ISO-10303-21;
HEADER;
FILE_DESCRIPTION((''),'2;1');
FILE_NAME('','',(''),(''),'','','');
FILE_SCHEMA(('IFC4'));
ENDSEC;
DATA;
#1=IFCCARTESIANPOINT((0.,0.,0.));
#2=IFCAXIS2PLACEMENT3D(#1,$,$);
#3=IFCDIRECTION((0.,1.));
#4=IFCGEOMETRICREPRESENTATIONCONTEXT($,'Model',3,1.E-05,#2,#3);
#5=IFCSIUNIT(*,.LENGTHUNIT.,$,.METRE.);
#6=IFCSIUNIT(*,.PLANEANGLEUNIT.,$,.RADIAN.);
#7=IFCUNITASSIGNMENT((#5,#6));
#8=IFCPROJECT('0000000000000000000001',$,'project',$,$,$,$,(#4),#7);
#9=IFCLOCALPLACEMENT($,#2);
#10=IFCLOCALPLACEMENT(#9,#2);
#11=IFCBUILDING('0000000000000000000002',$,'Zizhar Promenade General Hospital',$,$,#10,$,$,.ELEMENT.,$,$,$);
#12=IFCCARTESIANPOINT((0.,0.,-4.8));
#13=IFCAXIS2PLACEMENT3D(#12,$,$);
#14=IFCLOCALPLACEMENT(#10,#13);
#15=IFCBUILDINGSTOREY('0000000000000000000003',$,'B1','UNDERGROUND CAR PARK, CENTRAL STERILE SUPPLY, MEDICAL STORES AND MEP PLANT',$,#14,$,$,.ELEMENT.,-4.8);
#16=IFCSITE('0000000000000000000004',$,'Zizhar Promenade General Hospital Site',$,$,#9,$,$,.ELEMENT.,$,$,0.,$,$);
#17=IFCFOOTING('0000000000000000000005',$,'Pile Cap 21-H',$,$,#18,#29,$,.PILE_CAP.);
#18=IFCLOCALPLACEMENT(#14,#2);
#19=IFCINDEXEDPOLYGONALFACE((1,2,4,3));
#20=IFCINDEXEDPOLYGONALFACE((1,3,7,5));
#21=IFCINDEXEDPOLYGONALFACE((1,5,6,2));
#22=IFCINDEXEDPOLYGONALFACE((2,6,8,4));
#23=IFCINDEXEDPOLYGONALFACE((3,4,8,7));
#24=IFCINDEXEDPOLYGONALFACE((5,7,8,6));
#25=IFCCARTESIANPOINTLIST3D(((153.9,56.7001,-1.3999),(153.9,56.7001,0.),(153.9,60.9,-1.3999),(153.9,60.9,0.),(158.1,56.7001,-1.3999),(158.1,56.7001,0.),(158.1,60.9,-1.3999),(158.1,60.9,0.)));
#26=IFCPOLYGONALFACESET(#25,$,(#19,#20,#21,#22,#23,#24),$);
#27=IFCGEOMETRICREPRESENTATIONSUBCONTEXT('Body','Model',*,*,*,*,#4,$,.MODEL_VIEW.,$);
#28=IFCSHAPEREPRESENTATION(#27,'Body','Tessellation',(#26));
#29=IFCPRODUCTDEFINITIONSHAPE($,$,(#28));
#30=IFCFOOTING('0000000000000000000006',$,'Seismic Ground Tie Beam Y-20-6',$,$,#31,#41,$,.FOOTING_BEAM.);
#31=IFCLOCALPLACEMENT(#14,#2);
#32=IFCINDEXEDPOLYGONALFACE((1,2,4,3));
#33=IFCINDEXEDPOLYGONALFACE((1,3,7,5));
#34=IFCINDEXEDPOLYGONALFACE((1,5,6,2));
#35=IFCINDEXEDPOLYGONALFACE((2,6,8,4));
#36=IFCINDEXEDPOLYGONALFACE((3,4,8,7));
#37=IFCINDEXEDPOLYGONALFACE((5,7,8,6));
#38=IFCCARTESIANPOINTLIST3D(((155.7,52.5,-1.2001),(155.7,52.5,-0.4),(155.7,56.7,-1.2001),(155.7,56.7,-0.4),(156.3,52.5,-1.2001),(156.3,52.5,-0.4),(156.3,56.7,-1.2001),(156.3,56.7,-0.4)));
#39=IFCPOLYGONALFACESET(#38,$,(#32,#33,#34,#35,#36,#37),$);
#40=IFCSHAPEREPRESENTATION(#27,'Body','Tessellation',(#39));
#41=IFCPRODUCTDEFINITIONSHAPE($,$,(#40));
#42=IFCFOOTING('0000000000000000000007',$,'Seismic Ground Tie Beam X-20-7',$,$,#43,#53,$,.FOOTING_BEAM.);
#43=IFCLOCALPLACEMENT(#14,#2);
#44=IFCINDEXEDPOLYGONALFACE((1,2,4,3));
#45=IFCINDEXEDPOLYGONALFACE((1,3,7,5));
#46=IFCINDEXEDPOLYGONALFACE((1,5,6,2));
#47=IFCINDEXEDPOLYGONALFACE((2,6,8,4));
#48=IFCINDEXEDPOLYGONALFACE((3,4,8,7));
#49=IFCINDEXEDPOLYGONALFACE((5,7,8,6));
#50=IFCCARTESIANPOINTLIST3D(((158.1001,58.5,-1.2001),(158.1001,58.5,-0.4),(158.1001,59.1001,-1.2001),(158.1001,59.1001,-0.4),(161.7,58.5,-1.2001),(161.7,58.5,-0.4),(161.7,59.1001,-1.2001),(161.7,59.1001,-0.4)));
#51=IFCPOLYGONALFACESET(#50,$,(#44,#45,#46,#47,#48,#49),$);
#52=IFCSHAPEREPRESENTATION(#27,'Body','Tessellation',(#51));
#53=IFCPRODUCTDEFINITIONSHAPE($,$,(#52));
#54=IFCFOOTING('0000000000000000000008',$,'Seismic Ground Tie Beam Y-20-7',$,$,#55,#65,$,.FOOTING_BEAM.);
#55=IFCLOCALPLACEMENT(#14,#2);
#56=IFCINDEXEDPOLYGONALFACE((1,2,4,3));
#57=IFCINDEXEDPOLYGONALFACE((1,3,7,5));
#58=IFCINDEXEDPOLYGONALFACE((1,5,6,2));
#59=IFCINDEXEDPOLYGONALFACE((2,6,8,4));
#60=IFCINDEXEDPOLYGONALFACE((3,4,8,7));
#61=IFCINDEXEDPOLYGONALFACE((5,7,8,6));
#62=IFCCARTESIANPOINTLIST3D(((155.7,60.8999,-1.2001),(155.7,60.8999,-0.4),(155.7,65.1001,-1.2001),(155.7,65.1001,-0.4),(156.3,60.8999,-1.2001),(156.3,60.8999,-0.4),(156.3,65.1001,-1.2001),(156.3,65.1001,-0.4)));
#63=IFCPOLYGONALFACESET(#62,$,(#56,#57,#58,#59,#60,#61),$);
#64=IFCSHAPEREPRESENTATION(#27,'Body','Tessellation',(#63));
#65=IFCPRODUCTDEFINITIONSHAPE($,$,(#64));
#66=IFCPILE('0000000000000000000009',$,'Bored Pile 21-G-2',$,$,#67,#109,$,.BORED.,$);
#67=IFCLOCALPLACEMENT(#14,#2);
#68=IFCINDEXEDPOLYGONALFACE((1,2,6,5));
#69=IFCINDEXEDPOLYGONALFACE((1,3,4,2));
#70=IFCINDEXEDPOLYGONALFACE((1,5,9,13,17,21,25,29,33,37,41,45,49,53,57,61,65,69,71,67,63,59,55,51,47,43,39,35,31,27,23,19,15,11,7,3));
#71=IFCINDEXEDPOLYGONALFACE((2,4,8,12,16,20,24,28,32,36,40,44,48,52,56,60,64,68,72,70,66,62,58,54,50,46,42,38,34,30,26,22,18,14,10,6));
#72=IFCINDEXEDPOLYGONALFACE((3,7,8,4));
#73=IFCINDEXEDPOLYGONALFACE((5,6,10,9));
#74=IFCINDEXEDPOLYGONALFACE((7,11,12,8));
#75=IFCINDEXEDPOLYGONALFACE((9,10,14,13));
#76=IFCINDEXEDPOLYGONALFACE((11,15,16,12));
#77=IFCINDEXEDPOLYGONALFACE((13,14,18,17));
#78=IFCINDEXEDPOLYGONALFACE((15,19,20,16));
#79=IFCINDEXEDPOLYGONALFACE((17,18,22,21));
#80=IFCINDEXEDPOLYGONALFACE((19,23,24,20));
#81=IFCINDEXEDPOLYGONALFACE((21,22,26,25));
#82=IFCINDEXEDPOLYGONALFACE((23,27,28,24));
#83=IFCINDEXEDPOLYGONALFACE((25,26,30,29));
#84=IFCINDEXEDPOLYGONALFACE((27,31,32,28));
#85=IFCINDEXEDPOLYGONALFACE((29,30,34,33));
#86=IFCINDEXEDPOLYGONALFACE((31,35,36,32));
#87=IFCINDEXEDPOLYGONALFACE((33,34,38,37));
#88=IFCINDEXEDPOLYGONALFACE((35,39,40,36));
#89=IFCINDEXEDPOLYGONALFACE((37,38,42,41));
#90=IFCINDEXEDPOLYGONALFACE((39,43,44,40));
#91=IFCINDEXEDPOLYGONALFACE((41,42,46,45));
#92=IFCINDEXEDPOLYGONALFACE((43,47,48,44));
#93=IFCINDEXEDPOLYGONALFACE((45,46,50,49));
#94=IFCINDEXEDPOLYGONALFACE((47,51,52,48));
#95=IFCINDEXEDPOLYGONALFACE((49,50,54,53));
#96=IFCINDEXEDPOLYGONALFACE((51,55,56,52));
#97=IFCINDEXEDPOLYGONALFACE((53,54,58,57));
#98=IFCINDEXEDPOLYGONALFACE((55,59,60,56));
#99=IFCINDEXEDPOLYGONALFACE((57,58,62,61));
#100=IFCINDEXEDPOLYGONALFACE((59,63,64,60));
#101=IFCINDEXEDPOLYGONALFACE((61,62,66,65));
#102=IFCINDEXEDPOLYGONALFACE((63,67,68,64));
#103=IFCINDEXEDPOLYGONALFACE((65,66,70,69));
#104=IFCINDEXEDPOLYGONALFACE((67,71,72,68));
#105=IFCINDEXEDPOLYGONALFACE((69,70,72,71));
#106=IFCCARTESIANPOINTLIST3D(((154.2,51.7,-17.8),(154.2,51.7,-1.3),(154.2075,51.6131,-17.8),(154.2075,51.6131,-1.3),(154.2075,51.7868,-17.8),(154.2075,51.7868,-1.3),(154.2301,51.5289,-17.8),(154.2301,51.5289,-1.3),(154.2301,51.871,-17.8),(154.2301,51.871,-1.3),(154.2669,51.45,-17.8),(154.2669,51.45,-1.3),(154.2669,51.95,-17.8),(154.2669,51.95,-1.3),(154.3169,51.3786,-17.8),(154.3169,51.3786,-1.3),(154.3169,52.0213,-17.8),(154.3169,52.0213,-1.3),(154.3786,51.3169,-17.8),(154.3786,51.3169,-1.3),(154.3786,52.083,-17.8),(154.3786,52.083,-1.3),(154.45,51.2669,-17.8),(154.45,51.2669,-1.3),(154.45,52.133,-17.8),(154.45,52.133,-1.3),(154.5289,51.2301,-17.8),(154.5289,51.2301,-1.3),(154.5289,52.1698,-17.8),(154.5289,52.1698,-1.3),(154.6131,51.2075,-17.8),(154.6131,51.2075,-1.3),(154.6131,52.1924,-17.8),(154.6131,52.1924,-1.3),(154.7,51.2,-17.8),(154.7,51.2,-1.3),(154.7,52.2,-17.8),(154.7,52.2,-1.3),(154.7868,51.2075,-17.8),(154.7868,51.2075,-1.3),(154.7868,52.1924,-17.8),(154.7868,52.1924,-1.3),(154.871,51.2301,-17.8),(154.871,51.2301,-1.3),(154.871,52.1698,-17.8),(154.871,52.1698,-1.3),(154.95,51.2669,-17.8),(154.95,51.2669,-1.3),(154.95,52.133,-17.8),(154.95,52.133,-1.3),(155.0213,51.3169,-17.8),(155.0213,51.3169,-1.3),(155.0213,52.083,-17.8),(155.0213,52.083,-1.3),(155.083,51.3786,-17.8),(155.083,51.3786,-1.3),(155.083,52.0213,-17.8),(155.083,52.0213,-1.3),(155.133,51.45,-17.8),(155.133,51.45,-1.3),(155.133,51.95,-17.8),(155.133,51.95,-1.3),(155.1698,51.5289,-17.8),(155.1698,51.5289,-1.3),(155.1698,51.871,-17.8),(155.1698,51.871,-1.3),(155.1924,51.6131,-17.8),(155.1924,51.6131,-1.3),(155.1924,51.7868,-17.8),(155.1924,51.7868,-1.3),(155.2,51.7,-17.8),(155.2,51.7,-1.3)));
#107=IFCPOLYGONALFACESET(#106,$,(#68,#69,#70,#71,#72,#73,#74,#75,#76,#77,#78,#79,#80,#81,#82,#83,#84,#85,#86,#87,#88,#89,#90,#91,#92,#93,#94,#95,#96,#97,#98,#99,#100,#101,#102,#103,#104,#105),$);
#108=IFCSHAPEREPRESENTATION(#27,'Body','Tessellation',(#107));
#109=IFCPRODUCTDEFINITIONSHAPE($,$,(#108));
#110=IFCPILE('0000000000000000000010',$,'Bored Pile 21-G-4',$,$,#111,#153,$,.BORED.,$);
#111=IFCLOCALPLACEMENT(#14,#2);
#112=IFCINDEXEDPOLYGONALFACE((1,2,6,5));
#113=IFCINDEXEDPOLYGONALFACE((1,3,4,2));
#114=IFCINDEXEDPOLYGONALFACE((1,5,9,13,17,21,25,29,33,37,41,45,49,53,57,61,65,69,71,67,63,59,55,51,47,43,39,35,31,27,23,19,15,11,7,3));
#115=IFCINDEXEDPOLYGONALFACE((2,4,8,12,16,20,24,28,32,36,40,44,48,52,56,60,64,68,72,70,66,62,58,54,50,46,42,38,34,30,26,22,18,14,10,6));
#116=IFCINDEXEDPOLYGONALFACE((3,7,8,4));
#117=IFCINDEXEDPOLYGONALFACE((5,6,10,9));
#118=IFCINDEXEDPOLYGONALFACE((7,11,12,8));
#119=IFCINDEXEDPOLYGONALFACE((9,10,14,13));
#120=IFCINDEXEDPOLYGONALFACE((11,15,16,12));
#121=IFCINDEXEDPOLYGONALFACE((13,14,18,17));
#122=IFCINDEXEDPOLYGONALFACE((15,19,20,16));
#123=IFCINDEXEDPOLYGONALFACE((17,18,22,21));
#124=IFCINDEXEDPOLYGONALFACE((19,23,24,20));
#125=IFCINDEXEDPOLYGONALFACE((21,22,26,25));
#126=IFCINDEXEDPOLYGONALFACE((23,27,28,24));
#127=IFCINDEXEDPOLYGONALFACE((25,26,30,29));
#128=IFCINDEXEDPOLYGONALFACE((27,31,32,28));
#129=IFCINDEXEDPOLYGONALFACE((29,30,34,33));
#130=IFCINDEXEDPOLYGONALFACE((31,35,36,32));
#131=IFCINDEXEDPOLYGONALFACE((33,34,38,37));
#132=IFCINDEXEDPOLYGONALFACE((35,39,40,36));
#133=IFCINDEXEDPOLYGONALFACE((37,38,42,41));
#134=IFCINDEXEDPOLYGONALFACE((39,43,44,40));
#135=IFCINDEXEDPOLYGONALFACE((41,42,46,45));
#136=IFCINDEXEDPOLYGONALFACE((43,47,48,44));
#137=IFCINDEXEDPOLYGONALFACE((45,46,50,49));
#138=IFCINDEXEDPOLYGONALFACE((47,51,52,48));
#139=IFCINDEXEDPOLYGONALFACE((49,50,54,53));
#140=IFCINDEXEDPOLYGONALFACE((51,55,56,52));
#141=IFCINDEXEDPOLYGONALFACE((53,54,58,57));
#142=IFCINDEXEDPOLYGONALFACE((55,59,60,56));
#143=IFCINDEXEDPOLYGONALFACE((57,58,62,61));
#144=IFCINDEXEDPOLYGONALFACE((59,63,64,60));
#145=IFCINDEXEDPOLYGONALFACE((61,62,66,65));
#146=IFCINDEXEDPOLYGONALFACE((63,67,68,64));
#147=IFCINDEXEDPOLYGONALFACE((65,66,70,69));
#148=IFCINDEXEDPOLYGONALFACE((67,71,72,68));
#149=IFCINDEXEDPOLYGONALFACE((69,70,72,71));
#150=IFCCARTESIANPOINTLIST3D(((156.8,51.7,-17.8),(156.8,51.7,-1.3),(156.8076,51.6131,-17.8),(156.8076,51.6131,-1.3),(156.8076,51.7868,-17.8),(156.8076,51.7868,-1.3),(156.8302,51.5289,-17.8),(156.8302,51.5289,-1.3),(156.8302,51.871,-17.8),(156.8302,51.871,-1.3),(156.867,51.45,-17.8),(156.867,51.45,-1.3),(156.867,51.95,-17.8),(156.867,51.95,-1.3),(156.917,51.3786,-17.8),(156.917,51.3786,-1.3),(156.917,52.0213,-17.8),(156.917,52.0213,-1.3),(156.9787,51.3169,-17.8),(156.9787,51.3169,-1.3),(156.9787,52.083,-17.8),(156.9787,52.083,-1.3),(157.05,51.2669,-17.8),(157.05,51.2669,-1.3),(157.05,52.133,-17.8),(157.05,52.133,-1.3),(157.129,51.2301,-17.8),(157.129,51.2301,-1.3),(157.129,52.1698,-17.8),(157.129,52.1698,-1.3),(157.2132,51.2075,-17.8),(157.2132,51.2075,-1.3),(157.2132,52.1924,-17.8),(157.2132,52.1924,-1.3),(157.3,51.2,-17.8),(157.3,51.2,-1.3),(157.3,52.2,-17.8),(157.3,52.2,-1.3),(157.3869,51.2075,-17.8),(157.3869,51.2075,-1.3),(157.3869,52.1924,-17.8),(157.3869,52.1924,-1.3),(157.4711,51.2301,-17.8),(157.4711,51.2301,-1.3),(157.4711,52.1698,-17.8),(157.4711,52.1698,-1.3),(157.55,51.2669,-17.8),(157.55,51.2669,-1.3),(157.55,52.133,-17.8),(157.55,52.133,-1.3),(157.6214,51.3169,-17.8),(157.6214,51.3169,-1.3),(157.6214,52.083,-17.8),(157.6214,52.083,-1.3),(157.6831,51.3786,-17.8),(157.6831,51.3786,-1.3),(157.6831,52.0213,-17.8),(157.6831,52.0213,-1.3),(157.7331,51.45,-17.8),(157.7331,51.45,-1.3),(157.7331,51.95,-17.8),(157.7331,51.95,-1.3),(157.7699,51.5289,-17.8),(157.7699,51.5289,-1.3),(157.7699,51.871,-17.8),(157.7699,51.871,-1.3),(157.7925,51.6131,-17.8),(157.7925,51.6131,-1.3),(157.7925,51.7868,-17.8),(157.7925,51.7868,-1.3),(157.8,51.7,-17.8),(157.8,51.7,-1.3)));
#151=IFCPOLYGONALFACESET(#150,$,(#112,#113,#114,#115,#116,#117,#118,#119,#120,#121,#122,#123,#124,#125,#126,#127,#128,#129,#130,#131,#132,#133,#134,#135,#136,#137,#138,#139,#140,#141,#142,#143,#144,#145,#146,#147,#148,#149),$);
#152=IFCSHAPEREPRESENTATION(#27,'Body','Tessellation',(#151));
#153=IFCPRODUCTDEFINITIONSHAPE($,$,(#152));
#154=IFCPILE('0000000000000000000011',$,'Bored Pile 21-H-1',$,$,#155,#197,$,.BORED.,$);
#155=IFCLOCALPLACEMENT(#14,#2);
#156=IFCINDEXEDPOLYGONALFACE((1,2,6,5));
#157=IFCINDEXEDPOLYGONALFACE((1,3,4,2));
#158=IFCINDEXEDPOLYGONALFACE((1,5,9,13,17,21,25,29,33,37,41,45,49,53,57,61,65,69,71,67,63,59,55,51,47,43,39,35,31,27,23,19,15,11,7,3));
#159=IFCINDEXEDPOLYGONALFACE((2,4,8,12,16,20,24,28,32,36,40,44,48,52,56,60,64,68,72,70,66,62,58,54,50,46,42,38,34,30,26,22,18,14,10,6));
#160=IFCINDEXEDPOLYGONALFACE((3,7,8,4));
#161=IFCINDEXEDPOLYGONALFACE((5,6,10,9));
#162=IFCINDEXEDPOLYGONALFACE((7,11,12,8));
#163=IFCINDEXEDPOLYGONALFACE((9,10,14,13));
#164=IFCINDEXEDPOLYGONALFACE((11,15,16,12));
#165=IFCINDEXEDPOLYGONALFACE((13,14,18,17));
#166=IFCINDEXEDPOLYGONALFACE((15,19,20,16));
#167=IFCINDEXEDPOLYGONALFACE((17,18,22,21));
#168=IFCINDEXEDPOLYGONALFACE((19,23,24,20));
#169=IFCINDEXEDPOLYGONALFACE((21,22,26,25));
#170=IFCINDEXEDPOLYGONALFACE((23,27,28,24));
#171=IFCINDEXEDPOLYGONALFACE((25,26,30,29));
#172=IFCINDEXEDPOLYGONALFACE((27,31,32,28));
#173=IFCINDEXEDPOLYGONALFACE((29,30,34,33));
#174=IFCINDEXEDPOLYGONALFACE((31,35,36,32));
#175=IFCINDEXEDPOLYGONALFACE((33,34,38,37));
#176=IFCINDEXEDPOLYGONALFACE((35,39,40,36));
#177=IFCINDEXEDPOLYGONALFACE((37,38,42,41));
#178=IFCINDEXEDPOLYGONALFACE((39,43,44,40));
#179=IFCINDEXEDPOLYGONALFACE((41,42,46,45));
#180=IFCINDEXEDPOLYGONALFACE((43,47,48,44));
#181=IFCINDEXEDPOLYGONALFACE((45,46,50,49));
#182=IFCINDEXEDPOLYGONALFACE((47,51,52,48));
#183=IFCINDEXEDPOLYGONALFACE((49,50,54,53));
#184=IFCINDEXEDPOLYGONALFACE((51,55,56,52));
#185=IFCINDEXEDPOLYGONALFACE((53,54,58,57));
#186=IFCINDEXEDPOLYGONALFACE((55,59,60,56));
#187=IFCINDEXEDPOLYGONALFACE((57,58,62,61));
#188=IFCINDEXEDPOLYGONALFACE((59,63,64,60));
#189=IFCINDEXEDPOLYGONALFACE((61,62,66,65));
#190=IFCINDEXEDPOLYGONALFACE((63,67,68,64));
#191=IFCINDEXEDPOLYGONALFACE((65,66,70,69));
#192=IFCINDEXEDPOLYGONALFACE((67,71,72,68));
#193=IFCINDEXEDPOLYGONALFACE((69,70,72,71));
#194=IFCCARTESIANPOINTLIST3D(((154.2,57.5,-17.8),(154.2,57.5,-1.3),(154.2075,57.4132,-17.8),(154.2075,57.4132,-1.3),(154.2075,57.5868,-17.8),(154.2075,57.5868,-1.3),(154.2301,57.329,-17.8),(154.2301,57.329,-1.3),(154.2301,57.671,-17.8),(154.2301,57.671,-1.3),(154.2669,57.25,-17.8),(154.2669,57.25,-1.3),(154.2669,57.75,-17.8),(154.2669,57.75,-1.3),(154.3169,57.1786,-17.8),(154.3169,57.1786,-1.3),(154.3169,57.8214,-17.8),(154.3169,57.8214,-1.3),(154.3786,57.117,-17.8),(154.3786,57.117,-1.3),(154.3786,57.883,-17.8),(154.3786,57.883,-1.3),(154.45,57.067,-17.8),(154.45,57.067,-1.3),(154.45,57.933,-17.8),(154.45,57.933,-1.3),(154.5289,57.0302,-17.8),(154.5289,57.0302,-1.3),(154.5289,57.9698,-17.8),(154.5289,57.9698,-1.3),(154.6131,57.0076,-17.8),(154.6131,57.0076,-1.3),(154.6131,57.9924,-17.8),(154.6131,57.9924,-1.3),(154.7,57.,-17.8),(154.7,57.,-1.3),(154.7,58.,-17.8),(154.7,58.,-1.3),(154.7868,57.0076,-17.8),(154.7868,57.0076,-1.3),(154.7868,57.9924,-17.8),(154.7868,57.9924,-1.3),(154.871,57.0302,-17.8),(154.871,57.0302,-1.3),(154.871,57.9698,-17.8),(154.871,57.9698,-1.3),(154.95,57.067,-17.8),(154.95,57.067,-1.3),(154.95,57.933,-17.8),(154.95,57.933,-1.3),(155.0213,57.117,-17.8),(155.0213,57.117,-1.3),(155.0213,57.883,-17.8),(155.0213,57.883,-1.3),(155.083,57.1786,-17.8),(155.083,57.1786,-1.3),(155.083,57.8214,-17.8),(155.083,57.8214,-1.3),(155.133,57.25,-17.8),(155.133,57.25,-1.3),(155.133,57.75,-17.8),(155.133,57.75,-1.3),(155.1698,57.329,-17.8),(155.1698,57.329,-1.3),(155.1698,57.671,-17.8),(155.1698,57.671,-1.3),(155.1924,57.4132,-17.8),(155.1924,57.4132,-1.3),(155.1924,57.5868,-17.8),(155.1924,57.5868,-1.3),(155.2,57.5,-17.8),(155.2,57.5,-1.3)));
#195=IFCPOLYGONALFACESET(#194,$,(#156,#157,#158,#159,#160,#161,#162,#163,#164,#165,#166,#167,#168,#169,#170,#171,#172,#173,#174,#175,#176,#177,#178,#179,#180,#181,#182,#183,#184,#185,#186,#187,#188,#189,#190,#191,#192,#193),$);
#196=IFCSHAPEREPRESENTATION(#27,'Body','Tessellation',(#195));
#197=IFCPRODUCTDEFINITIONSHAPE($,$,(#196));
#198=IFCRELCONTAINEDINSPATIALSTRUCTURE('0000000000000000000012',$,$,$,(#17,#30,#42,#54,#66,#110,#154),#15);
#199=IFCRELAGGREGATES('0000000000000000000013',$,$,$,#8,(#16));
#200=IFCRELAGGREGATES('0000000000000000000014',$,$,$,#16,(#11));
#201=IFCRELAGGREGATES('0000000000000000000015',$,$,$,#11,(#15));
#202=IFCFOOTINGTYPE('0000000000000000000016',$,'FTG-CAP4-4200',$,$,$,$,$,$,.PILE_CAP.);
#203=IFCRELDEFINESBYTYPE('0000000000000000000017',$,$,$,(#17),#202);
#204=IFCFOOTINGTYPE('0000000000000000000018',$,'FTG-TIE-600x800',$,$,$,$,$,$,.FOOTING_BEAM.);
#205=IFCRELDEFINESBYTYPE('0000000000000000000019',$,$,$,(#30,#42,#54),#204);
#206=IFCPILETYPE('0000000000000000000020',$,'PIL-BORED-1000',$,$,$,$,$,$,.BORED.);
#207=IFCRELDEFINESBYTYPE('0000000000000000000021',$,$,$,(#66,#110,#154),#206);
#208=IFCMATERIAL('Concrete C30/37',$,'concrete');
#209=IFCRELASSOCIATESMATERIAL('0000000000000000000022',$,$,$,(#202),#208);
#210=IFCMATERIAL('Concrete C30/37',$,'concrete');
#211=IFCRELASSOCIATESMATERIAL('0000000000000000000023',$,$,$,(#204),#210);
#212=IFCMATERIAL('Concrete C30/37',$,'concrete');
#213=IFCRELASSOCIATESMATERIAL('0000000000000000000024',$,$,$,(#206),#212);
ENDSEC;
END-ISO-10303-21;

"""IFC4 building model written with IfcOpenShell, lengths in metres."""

from ifc_helpers import new_model, si_unit, direction, frame, origin, origin_2d, place, context, subcontext, project, spatial, rectangle, circle, extrude, material, material_profile, profile_set, type_object, element, save


model = new_model("IFC4")

# Units and contexts
model_context = context("Model", 3, precision=1e-05, world=origin(), true_north=direction((0.0, 1.0)))
body_context = subcontext(model_context, "Body", "Model", "MODEL_VIEW")
ifc_project = project(units=[si_unit("LENGTHUNIT", "METRE"), si_unit("PLANEANGLEUNIT", "RADIAN")], contexts=[model_context])

# Site, building, storey
site_placement = place(None, origin())
site = spatial("IfcSite", under=ifc_project, at=site_placement, Name="Zizhar Promenade General Hospital Site", CompositionType="ELEMENT", RefElevation=0.0)
building_placement = place(site_placement, origin())
building = spatial("IfcBuilding", under=site, at=building_placement, Name="Zizhar Promenade General Hospital", CompositionType="ELEMENT")
storey_placement = place(building_placement, frame((0.0, 0.0, -4.8)))
storey = spatial("IfcBuildingStorey", under=building, at=storey_placement, Name="B1", Description="UNDERGROUND CAR PARK, CENTRAL STERILE SUPPLY, MEDICAL STORES AND MEP PLANT", CompositionType="ELEMENT", Elevation=-4.8)

# Footings
ifc_material_1 = material(Name="Concrete C30/37", Category="concrete")
footing_type_1 = type_object("IfcFootingType", Name="FTG-CAP4-4200", PredefinedType="PILE_CAP", material=ifc_material_1)
footing_1_placement = place(storey_placement, frame((156.0, 58.8, -1.3999), z_axis=(0.0, 0.0, 1.0), x_axis=(1.0, 0.0, 0.0)))
element("IfcFooting", 1, at=footing_1_placement, inside=storey, type_object=footing_type_1, Name="Pile Cap 21-H", PredefinedType="PILE_CAP", context=body_context, shape_type="SweptSolid", body=[
    extrude(rectangle(XDim=4.2, YDim=4.2, at=origin_2d()), origin(), (0.0, 0.0, 1.0), 1.3999),
])
ifc_material_2 = material(Name="Concrete C30/37", Category="concrete")
ifc_material_profile_1 = material_profile(ifc_material_2, rectangle(XDim=0.6001, YDim=0.8, at=origin_2d()))
ifc_profile_set_1 = profile_set([ifc_material_profile_1], Name="Concrete C30/37")
footing_type_2 = type_object("IfcFootingType", Name="FTG-TIE-600x800", PredefinedType="FOOTING_BEAM", material=ifc_profile_set_1)
footing_2_placement = place(storey_placement, frame((156.0, 52.5, -0.8), z_axis=(0.0, 1.0, 0.0), x_axis=(-1.0, 0.0, 0.0)))
element("IfcFooting", 2, at=footing_2_placement, inside=storey, type_object=footing_type_2, Name="Seismic Ground Tie Beam Y-20-6", PredefinedType="FOOTING_BEAM", context=body_context, shape_type="SweptSolid", body=[
    extrude(rectangle(XDim=0.6001, YDim=0.8, at=origin_2d()), origin(), (0.0, 0.0, 1.0), 4.2),
])
footing_3_placement = place(storey_placement, frame((158.1001, 58.8, -0.8), z_axis=(1.0, 0.0, 0.0), x_axis=(0.0, 1.0, 0.0)))
element("IfcFooting", 3, at=footing_3_placement, inside=storey, type_object=footing_type_2, Name="Seismic Ground Tie Beam X-20-7", PredefinedType="FOOTING_BEAM", context=body_context, shape_type="SweptSolid", body=[
    extrude(rectangle(XDim=0.6001, YDim=0.8, at=origin_2d()), origin(), (0.0, 0.0, 1.0), 3.5999),
])
footing_4_placement = place(storey_placement, frame((156.0, 60.8999, -0.8), z_axis=(0.0, 1.0, 0.0), x_axis=(-1.0, 0.0, 0.0)))
element("IfcFooting", 4, at=footing_4_placement, inside=storey, type_object=footing_type_2, Name="Seismic Ground Tie Beam Y-20-7", PredefinedType="FOOTING_BEAM", context=body_context, shape_type="SweptSolid", body=[
    extrude(rectangle(XDim=0.6001, YDim=0.8, at=origin_2d()), origin(), (0.0, 0.0, 1.0), 4.2002),
])

# Piles
ifc_material_3 = material(Name="Concrete C30/37", Category="concrete")
ifc_material_profile_2 = material_profile(ifc_material_3, circle(Radius=0.5, at=origin_2d()))
ifc_profile_set_2 = profile_set([ifc_material_profile_2], Name="Concrete C30/37")
pile_type = type_object("IfcPileType", Name="PIL-BORED-1000", PredefinedType="BORED", material=ifc_profile_set_2)
for number, where, z_axis, x_axis, name in (
    (5, (154.7, 51.7, -1.3), (0.0, 0.0, -1.0), (1.0, 0.0, 0.0), "Bored Pile 21-G-2"),
    (6, (157.3, 51.7, -1.3), (0.0, 0.0, -1.0), (1.0, 0.0, 0.0), "Bored Pile 21-G-4"),
    (7, (154.7, 57.5, -1.3), (0.0, 0.0, -1.0), (1.0, 0.0, 0.0), "Bored Pile 21-H-1"),
):
    element("IfcPile", number, at=place(storey_placement, frame(where, z_axis=z_axis, x_axis=x_axis)), inside=storey, type_object=pile_type, Name=name, PredefinedType="BORED", context=body_context, shape_type="SweptSolid", body=[
        extrude(circle(Radius=0.5, at=origin_2d()), origin(), (0.0, 0.0, 1.0), 16.5),
    ])

save(model, "model.ifc")
